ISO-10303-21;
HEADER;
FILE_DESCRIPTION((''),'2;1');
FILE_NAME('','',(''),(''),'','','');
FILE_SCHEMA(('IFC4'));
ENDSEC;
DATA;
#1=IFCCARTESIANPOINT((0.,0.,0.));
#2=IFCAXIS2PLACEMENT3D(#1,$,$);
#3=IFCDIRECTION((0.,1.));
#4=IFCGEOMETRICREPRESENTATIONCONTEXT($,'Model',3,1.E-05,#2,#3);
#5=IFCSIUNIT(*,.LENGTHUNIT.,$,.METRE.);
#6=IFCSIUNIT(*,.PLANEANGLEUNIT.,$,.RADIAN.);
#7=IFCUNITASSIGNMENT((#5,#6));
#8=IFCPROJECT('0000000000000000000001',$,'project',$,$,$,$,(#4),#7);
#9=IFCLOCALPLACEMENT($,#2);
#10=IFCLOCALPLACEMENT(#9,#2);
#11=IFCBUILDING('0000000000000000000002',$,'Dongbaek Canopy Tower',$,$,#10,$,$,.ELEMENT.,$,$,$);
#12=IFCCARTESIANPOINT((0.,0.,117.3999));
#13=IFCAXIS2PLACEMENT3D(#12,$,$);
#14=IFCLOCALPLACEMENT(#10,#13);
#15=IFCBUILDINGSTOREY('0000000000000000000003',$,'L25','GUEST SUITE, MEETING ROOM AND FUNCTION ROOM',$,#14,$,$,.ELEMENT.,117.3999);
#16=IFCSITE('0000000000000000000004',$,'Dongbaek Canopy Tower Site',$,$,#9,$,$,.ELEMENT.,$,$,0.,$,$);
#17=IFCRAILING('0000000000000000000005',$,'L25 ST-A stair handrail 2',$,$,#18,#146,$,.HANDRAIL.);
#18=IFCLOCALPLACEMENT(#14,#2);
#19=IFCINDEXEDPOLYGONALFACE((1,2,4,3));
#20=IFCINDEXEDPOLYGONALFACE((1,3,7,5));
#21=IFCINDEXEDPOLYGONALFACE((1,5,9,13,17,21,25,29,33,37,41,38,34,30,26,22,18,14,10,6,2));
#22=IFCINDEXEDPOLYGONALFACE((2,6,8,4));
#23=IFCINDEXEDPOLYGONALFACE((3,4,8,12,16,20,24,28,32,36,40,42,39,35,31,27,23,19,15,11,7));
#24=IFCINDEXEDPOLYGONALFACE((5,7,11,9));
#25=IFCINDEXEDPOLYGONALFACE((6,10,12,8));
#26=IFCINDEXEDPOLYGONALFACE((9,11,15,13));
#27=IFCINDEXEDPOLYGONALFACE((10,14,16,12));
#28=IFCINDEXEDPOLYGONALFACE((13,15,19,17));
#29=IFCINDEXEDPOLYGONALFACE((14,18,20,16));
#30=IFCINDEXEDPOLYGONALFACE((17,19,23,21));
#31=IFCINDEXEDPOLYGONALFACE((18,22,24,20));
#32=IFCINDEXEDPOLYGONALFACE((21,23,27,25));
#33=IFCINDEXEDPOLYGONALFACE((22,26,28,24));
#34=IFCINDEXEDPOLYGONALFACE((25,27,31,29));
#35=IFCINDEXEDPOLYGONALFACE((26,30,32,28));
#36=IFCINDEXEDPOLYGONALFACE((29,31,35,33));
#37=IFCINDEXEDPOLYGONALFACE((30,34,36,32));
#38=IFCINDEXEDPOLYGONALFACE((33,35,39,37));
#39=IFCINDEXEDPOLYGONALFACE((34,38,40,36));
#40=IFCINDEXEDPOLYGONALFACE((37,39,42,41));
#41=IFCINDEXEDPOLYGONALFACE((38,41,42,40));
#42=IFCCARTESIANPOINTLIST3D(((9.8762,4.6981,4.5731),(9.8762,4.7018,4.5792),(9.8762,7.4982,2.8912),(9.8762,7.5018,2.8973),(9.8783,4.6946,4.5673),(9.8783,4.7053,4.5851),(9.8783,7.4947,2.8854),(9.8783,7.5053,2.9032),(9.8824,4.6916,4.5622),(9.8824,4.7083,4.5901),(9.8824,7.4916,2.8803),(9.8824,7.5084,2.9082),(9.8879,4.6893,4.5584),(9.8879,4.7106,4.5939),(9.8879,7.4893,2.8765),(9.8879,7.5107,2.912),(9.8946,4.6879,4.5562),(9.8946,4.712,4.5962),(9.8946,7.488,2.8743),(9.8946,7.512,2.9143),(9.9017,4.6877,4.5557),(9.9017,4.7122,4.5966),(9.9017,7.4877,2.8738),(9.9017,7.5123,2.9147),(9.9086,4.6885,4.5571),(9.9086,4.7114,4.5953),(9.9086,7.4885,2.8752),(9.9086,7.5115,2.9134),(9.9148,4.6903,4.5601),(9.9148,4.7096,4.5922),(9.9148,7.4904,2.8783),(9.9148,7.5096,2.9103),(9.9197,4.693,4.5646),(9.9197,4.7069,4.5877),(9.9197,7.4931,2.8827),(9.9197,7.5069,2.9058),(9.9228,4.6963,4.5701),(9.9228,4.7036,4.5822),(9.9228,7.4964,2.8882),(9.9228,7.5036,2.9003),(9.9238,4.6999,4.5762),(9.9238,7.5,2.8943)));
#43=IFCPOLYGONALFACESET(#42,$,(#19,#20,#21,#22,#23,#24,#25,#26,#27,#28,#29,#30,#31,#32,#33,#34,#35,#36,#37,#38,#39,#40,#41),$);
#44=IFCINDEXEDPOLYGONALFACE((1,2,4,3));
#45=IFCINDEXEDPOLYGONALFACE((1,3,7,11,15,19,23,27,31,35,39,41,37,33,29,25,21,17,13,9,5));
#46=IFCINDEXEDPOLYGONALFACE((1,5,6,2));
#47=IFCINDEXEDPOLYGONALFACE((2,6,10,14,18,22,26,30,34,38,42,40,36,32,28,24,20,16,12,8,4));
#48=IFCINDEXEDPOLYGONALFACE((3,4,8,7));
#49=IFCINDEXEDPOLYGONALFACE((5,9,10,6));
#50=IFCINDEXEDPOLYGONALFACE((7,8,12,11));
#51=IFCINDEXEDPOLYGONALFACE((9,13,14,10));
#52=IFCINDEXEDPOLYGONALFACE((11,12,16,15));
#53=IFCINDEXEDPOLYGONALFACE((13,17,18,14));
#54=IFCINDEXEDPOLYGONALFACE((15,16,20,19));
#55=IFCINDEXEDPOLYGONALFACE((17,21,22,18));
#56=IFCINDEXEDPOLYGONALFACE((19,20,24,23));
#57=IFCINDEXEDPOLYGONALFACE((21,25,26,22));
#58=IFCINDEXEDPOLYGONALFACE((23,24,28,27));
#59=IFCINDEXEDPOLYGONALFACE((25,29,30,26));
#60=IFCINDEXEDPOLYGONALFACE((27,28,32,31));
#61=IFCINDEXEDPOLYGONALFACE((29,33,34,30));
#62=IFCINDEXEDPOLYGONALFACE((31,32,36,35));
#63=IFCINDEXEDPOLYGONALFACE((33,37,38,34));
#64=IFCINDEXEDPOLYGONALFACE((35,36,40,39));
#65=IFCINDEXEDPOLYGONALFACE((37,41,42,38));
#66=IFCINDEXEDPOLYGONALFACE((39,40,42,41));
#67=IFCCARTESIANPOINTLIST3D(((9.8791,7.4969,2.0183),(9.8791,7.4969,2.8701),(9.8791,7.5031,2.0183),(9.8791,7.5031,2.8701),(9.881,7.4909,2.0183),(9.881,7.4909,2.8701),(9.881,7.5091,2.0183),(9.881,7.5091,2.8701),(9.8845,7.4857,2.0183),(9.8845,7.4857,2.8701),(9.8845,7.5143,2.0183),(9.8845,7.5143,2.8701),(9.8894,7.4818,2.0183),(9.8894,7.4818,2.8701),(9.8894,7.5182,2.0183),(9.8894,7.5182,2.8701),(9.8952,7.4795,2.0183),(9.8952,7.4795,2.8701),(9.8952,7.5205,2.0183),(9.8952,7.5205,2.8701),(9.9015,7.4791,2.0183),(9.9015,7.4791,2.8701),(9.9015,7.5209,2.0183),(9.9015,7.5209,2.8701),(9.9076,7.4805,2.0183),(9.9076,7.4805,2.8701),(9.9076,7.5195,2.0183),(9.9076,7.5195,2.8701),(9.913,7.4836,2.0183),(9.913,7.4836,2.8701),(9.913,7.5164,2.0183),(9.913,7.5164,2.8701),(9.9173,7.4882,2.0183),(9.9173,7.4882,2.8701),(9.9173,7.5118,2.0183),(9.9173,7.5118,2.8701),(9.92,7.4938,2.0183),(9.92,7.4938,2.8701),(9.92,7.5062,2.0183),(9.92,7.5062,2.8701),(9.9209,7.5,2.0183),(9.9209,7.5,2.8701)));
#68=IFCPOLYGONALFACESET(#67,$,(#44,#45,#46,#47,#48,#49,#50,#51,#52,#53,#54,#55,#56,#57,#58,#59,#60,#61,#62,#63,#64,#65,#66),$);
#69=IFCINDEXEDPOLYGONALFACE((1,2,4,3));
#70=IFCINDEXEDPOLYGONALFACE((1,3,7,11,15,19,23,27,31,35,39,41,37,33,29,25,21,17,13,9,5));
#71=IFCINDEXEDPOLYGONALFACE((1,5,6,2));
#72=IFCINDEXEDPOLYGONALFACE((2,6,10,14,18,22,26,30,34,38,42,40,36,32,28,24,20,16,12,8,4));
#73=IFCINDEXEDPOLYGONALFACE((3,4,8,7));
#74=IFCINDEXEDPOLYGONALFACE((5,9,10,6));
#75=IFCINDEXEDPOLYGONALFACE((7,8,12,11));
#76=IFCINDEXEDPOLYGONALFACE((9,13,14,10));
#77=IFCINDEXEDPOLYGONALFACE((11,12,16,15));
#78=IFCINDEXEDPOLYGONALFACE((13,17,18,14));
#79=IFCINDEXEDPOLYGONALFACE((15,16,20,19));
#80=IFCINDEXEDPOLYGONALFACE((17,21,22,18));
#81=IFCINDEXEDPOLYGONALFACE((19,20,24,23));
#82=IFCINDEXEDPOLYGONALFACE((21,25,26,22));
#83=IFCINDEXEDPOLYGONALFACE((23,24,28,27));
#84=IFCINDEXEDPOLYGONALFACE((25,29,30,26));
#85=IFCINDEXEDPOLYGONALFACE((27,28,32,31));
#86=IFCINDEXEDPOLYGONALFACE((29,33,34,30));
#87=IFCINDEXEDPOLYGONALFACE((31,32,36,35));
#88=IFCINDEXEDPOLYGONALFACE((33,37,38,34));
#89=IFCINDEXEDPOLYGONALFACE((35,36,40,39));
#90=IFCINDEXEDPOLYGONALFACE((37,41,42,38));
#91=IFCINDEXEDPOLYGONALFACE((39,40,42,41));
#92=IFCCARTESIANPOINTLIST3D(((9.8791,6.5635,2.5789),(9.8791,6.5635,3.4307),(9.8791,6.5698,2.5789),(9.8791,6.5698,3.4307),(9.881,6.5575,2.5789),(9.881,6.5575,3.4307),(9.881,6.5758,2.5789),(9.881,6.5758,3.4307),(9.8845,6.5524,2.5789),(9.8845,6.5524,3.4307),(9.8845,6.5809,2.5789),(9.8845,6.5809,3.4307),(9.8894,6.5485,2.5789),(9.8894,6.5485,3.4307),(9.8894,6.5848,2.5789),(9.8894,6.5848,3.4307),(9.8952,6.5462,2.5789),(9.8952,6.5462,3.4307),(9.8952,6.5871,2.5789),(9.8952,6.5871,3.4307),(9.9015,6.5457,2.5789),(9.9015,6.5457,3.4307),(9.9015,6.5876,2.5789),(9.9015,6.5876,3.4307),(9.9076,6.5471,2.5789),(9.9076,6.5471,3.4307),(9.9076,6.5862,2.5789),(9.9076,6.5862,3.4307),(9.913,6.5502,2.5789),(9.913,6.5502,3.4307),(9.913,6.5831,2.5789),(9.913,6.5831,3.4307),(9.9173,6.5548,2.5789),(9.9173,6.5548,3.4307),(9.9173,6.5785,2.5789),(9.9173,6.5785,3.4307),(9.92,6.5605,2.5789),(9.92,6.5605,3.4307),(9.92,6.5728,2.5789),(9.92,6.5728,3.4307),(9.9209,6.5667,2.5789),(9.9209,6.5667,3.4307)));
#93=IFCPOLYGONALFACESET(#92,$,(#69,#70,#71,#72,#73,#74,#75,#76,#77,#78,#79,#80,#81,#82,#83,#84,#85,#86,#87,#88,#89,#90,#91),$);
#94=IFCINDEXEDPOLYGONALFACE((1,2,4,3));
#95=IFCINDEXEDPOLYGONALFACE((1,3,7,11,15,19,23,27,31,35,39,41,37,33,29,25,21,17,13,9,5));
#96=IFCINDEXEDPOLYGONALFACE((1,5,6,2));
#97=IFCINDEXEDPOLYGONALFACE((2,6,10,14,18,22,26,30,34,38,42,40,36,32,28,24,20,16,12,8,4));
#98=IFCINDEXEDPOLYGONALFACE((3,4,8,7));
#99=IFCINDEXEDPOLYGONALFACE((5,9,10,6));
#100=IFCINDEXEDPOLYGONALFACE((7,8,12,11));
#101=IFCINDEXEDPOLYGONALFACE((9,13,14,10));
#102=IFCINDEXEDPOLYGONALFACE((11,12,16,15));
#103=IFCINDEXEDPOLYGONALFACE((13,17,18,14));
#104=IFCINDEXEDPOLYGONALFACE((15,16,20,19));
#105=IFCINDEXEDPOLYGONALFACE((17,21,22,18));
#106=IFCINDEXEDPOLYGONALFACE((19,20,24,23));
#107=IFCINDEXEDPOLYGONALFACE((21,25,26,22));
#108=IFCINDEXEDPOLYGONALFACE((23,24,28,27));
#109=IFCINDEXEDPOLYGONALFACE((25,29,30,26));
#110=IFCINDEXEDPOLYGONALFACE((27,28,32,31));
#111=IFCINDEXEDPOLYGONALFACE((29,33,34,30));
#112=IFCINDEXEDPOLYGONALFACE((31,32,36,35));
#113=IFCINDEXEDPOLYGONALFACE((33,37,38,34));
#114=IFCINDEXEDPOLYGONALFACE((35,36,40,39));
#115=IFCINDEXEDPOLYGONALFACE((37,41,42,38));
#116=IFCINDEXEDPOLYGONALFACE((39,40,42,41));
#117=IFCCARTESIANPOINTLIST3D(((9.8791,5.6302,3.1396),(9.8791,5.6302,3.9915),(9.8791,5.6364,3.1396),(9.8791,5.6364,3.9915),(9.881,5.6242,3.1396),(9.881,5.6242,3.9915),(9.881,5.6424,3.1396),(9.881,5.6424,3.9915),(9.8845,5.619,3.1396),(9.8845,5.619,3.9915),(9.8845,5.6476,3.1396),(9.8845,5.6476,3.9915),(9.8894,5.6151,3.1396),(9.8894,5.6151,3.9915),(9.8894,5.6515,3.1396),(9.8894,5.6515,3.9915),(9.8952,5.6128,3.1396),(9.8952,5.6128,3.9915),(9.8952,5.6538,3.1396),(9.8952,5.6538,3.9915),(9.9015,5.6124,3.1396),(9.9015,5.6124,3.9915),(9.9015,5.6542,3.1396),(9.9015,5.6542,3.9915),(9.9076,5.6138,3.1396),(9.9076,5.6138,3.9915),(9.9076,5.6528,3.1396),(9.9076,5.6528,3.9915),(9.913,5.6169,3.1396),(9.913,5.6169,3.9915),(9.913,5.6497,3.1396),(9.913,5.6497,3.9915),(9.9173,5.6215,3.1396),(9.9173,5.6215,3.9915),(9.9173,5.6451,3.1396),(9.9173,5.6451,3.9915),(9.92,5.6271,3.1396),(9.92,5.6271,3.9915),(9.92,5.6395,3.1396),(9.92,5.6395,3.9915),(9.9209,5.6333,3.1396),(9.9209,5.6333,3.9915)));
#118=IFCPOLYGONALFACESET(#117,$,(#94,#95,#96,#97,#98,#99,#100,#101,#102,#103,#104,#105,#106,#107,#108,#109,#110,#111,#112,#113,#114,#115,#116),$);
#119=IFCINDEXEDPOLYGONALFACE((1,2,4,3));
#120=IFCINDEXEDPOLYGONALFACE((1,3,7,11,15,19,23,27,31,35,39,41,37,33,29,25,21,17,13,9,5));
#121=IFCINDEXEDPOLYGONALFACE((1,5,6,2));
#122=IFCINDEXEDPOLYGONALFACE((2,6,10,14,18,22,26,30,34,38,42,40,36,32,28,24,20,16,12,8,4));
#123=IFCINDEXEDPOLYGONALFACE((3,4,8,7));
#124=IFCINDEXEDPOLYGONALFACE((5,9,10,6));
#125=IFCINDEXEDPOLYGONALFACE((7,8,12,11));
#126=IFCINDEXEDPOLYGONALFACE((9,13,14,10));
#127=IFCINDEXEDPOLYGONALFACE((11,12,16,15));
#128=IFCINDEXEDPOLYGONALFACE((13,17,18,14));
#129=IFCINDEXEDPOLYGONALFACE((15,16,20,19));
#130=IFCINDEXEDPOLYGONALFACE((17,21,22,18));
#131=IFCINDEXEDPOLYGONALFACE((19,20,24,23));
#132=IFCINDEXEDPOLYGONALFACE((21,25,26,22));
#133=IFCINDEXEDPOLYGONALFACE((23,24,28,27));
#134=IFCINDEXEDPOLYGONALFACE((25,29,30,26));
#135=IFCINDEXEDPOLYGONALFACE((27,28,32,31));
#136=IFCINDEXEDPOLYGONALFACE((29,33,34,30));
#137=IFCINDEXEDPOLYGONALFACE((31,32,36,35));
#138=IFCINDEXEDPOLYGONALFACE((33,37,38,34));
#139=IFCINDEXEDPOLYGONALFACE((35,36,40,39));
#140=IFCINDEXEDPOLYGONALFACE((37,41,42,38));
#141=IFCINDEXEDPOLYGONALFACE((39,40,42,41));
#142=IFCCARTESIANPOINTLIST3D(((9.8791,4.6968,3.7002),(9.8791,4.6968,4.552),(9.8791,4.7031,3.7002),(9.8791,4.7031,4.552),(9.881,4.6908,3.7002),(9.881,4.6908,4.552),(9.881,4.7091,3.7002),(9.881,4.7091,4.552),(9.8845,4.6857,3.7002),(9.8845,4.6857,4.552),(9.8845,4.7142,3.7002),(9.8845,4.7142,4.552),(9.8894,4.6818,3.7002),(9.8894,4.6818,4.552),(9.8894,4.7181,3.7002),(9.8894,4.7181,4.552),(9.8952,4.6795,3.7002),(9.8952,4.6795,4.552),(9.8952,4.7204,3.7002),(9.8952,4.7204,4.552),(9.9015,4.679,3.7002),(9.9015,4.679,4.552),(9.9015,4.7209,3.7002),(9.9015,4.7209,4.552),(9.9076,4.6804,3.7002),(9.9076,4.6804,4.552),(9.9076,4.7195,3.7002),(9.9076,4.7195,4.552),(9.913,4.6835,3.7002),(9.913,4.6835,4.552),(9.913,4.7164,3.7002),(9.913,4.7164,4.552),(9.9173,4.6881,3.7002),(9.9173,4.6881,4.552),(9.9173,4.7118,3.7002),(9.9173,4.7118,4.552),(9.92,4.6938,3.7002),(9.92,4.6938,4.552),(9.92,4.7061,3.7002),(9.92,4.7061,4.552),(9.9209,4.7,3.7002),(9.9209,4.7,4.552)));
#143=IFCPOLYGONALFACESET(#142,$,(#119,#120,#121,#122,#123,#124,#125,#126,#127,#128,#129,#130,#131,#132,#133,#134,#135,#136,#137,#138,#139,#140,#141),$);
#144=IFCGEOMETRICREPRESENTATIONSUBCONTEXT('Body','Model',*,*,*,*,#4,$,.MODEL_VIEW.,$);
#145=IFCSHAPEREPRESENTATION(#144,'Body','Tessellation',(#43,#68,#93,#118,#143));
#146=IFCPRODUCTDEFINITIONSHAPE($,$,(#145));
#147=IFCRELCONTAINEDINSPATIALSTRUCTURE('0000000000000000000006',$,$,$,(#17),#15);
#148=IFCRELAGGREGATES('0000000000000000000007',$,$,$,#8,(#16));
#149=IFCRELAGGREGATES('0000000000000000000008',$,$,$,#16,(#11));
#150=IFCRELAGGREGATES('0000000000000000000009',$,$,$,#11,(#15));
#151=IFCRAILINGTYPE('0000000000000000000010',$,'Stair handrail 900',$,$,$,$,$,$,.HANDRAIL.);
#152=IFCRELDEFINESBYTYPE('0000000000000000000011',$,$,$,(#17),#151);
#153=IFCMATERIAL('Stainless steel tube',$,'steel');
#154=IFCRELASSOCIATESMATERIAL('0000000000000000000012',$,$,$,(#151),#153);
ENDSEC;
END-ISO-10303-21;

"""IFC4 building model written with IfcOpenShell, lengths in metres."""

from ifc_helpers import new_model, si_unit, direction, frame, origin, origin_2d, place, context, subcontext, project, spatial, circle, extrude, material, type_object, element, save


model = new_model("IFC4")

# Units and contexts
model_context = context("Model", 3, precision=1e-05, world=origin(), true_north=direction((0.0, 1.0)))
body_context = subcontext(model_context, "Body", "Model", "MODEL_VIEW")
ifc_project = project(units=[si_unit("LENGTHUNIT", "METRE"), si_unit("PLANEANGLEUNIT", "RADIAN")], contexts=[model_context])

# Site, building, storey
site_placement = place(None, origin())
site = spatial("IfcSite", under=ifc_project, at=site_placement, Name="Dongbaek Canopy Tower Site", CompositionType="ELEMENT", RefElevation=0.0)
building_placement = place(site_placement, origin())
building = spatial("IfcBuilding", under=site, at=building_placement, Name="Dongbaek Canopy Tower", CompositionType="ELEMENT")
storey_placement = place(building_placement, frame((0.0, 0.0, 117.3999)))
storey = spatial("IfcBuildingStorey", under=building, at=storey_placement, Name="L25", Description="GUEST SUITE, MEETING ROOM AND FUNCTION ROOM", CompositionType="ELEMENT", Elevation=117.3999)

# Railing
ifc_material_1 = material(Name="Stainless steel tube", Category="steel")
railing_type_1 = type_object("IfcRailingType", Name="Stair handrail 900", PredefinedType="HANDRAIL", material=ifc_material_1)
railing_1_placement = place(storey_placement, frame((9.8999, 7.5, 2.0183)))
element("IfcRailing", 1, at=railing_1_placement, inside=storey, type_object=railing_type_1, Name="L25 ST-A stair handrail 2", PredefinedType="HANDRAIL", context=body_context, shape_type="SweptSolid", body=[
    extrude(circle(Radius=0.0239, at=origin_2d()), frame((0.0, 0.0, 0.876), z_axis=(0.0, -0.857242, 0.514913), x_axis=(1.0, 0.0, 0.0)), (0.0, 0.0, 1.0), 3.2664),
    extrude(circle(Radius=0.021, at=origin_2d()), origin(), (0.0, 0.0, 1.0), 0.8518),
    extrude(circle(Radius=0.021, at=origin_2d()), frame((0.0, -0.9333, 0.5605)), (0.0, 0.0, 1.0), 0.8518),
    extrude(circle(Radius=0.021, at=origin_2d()), frame((0.0, -1.8667, 1.1213)), (0.0, 0.0, 1.0), 0.8518),
    extrude(circle(Radius=0.021, at=origin_2d()), frame((0.0, -2.8, 1.6819)), (0.0, 0.0, 1.0), 0.8518),
])

save(model, "model.ifc")
